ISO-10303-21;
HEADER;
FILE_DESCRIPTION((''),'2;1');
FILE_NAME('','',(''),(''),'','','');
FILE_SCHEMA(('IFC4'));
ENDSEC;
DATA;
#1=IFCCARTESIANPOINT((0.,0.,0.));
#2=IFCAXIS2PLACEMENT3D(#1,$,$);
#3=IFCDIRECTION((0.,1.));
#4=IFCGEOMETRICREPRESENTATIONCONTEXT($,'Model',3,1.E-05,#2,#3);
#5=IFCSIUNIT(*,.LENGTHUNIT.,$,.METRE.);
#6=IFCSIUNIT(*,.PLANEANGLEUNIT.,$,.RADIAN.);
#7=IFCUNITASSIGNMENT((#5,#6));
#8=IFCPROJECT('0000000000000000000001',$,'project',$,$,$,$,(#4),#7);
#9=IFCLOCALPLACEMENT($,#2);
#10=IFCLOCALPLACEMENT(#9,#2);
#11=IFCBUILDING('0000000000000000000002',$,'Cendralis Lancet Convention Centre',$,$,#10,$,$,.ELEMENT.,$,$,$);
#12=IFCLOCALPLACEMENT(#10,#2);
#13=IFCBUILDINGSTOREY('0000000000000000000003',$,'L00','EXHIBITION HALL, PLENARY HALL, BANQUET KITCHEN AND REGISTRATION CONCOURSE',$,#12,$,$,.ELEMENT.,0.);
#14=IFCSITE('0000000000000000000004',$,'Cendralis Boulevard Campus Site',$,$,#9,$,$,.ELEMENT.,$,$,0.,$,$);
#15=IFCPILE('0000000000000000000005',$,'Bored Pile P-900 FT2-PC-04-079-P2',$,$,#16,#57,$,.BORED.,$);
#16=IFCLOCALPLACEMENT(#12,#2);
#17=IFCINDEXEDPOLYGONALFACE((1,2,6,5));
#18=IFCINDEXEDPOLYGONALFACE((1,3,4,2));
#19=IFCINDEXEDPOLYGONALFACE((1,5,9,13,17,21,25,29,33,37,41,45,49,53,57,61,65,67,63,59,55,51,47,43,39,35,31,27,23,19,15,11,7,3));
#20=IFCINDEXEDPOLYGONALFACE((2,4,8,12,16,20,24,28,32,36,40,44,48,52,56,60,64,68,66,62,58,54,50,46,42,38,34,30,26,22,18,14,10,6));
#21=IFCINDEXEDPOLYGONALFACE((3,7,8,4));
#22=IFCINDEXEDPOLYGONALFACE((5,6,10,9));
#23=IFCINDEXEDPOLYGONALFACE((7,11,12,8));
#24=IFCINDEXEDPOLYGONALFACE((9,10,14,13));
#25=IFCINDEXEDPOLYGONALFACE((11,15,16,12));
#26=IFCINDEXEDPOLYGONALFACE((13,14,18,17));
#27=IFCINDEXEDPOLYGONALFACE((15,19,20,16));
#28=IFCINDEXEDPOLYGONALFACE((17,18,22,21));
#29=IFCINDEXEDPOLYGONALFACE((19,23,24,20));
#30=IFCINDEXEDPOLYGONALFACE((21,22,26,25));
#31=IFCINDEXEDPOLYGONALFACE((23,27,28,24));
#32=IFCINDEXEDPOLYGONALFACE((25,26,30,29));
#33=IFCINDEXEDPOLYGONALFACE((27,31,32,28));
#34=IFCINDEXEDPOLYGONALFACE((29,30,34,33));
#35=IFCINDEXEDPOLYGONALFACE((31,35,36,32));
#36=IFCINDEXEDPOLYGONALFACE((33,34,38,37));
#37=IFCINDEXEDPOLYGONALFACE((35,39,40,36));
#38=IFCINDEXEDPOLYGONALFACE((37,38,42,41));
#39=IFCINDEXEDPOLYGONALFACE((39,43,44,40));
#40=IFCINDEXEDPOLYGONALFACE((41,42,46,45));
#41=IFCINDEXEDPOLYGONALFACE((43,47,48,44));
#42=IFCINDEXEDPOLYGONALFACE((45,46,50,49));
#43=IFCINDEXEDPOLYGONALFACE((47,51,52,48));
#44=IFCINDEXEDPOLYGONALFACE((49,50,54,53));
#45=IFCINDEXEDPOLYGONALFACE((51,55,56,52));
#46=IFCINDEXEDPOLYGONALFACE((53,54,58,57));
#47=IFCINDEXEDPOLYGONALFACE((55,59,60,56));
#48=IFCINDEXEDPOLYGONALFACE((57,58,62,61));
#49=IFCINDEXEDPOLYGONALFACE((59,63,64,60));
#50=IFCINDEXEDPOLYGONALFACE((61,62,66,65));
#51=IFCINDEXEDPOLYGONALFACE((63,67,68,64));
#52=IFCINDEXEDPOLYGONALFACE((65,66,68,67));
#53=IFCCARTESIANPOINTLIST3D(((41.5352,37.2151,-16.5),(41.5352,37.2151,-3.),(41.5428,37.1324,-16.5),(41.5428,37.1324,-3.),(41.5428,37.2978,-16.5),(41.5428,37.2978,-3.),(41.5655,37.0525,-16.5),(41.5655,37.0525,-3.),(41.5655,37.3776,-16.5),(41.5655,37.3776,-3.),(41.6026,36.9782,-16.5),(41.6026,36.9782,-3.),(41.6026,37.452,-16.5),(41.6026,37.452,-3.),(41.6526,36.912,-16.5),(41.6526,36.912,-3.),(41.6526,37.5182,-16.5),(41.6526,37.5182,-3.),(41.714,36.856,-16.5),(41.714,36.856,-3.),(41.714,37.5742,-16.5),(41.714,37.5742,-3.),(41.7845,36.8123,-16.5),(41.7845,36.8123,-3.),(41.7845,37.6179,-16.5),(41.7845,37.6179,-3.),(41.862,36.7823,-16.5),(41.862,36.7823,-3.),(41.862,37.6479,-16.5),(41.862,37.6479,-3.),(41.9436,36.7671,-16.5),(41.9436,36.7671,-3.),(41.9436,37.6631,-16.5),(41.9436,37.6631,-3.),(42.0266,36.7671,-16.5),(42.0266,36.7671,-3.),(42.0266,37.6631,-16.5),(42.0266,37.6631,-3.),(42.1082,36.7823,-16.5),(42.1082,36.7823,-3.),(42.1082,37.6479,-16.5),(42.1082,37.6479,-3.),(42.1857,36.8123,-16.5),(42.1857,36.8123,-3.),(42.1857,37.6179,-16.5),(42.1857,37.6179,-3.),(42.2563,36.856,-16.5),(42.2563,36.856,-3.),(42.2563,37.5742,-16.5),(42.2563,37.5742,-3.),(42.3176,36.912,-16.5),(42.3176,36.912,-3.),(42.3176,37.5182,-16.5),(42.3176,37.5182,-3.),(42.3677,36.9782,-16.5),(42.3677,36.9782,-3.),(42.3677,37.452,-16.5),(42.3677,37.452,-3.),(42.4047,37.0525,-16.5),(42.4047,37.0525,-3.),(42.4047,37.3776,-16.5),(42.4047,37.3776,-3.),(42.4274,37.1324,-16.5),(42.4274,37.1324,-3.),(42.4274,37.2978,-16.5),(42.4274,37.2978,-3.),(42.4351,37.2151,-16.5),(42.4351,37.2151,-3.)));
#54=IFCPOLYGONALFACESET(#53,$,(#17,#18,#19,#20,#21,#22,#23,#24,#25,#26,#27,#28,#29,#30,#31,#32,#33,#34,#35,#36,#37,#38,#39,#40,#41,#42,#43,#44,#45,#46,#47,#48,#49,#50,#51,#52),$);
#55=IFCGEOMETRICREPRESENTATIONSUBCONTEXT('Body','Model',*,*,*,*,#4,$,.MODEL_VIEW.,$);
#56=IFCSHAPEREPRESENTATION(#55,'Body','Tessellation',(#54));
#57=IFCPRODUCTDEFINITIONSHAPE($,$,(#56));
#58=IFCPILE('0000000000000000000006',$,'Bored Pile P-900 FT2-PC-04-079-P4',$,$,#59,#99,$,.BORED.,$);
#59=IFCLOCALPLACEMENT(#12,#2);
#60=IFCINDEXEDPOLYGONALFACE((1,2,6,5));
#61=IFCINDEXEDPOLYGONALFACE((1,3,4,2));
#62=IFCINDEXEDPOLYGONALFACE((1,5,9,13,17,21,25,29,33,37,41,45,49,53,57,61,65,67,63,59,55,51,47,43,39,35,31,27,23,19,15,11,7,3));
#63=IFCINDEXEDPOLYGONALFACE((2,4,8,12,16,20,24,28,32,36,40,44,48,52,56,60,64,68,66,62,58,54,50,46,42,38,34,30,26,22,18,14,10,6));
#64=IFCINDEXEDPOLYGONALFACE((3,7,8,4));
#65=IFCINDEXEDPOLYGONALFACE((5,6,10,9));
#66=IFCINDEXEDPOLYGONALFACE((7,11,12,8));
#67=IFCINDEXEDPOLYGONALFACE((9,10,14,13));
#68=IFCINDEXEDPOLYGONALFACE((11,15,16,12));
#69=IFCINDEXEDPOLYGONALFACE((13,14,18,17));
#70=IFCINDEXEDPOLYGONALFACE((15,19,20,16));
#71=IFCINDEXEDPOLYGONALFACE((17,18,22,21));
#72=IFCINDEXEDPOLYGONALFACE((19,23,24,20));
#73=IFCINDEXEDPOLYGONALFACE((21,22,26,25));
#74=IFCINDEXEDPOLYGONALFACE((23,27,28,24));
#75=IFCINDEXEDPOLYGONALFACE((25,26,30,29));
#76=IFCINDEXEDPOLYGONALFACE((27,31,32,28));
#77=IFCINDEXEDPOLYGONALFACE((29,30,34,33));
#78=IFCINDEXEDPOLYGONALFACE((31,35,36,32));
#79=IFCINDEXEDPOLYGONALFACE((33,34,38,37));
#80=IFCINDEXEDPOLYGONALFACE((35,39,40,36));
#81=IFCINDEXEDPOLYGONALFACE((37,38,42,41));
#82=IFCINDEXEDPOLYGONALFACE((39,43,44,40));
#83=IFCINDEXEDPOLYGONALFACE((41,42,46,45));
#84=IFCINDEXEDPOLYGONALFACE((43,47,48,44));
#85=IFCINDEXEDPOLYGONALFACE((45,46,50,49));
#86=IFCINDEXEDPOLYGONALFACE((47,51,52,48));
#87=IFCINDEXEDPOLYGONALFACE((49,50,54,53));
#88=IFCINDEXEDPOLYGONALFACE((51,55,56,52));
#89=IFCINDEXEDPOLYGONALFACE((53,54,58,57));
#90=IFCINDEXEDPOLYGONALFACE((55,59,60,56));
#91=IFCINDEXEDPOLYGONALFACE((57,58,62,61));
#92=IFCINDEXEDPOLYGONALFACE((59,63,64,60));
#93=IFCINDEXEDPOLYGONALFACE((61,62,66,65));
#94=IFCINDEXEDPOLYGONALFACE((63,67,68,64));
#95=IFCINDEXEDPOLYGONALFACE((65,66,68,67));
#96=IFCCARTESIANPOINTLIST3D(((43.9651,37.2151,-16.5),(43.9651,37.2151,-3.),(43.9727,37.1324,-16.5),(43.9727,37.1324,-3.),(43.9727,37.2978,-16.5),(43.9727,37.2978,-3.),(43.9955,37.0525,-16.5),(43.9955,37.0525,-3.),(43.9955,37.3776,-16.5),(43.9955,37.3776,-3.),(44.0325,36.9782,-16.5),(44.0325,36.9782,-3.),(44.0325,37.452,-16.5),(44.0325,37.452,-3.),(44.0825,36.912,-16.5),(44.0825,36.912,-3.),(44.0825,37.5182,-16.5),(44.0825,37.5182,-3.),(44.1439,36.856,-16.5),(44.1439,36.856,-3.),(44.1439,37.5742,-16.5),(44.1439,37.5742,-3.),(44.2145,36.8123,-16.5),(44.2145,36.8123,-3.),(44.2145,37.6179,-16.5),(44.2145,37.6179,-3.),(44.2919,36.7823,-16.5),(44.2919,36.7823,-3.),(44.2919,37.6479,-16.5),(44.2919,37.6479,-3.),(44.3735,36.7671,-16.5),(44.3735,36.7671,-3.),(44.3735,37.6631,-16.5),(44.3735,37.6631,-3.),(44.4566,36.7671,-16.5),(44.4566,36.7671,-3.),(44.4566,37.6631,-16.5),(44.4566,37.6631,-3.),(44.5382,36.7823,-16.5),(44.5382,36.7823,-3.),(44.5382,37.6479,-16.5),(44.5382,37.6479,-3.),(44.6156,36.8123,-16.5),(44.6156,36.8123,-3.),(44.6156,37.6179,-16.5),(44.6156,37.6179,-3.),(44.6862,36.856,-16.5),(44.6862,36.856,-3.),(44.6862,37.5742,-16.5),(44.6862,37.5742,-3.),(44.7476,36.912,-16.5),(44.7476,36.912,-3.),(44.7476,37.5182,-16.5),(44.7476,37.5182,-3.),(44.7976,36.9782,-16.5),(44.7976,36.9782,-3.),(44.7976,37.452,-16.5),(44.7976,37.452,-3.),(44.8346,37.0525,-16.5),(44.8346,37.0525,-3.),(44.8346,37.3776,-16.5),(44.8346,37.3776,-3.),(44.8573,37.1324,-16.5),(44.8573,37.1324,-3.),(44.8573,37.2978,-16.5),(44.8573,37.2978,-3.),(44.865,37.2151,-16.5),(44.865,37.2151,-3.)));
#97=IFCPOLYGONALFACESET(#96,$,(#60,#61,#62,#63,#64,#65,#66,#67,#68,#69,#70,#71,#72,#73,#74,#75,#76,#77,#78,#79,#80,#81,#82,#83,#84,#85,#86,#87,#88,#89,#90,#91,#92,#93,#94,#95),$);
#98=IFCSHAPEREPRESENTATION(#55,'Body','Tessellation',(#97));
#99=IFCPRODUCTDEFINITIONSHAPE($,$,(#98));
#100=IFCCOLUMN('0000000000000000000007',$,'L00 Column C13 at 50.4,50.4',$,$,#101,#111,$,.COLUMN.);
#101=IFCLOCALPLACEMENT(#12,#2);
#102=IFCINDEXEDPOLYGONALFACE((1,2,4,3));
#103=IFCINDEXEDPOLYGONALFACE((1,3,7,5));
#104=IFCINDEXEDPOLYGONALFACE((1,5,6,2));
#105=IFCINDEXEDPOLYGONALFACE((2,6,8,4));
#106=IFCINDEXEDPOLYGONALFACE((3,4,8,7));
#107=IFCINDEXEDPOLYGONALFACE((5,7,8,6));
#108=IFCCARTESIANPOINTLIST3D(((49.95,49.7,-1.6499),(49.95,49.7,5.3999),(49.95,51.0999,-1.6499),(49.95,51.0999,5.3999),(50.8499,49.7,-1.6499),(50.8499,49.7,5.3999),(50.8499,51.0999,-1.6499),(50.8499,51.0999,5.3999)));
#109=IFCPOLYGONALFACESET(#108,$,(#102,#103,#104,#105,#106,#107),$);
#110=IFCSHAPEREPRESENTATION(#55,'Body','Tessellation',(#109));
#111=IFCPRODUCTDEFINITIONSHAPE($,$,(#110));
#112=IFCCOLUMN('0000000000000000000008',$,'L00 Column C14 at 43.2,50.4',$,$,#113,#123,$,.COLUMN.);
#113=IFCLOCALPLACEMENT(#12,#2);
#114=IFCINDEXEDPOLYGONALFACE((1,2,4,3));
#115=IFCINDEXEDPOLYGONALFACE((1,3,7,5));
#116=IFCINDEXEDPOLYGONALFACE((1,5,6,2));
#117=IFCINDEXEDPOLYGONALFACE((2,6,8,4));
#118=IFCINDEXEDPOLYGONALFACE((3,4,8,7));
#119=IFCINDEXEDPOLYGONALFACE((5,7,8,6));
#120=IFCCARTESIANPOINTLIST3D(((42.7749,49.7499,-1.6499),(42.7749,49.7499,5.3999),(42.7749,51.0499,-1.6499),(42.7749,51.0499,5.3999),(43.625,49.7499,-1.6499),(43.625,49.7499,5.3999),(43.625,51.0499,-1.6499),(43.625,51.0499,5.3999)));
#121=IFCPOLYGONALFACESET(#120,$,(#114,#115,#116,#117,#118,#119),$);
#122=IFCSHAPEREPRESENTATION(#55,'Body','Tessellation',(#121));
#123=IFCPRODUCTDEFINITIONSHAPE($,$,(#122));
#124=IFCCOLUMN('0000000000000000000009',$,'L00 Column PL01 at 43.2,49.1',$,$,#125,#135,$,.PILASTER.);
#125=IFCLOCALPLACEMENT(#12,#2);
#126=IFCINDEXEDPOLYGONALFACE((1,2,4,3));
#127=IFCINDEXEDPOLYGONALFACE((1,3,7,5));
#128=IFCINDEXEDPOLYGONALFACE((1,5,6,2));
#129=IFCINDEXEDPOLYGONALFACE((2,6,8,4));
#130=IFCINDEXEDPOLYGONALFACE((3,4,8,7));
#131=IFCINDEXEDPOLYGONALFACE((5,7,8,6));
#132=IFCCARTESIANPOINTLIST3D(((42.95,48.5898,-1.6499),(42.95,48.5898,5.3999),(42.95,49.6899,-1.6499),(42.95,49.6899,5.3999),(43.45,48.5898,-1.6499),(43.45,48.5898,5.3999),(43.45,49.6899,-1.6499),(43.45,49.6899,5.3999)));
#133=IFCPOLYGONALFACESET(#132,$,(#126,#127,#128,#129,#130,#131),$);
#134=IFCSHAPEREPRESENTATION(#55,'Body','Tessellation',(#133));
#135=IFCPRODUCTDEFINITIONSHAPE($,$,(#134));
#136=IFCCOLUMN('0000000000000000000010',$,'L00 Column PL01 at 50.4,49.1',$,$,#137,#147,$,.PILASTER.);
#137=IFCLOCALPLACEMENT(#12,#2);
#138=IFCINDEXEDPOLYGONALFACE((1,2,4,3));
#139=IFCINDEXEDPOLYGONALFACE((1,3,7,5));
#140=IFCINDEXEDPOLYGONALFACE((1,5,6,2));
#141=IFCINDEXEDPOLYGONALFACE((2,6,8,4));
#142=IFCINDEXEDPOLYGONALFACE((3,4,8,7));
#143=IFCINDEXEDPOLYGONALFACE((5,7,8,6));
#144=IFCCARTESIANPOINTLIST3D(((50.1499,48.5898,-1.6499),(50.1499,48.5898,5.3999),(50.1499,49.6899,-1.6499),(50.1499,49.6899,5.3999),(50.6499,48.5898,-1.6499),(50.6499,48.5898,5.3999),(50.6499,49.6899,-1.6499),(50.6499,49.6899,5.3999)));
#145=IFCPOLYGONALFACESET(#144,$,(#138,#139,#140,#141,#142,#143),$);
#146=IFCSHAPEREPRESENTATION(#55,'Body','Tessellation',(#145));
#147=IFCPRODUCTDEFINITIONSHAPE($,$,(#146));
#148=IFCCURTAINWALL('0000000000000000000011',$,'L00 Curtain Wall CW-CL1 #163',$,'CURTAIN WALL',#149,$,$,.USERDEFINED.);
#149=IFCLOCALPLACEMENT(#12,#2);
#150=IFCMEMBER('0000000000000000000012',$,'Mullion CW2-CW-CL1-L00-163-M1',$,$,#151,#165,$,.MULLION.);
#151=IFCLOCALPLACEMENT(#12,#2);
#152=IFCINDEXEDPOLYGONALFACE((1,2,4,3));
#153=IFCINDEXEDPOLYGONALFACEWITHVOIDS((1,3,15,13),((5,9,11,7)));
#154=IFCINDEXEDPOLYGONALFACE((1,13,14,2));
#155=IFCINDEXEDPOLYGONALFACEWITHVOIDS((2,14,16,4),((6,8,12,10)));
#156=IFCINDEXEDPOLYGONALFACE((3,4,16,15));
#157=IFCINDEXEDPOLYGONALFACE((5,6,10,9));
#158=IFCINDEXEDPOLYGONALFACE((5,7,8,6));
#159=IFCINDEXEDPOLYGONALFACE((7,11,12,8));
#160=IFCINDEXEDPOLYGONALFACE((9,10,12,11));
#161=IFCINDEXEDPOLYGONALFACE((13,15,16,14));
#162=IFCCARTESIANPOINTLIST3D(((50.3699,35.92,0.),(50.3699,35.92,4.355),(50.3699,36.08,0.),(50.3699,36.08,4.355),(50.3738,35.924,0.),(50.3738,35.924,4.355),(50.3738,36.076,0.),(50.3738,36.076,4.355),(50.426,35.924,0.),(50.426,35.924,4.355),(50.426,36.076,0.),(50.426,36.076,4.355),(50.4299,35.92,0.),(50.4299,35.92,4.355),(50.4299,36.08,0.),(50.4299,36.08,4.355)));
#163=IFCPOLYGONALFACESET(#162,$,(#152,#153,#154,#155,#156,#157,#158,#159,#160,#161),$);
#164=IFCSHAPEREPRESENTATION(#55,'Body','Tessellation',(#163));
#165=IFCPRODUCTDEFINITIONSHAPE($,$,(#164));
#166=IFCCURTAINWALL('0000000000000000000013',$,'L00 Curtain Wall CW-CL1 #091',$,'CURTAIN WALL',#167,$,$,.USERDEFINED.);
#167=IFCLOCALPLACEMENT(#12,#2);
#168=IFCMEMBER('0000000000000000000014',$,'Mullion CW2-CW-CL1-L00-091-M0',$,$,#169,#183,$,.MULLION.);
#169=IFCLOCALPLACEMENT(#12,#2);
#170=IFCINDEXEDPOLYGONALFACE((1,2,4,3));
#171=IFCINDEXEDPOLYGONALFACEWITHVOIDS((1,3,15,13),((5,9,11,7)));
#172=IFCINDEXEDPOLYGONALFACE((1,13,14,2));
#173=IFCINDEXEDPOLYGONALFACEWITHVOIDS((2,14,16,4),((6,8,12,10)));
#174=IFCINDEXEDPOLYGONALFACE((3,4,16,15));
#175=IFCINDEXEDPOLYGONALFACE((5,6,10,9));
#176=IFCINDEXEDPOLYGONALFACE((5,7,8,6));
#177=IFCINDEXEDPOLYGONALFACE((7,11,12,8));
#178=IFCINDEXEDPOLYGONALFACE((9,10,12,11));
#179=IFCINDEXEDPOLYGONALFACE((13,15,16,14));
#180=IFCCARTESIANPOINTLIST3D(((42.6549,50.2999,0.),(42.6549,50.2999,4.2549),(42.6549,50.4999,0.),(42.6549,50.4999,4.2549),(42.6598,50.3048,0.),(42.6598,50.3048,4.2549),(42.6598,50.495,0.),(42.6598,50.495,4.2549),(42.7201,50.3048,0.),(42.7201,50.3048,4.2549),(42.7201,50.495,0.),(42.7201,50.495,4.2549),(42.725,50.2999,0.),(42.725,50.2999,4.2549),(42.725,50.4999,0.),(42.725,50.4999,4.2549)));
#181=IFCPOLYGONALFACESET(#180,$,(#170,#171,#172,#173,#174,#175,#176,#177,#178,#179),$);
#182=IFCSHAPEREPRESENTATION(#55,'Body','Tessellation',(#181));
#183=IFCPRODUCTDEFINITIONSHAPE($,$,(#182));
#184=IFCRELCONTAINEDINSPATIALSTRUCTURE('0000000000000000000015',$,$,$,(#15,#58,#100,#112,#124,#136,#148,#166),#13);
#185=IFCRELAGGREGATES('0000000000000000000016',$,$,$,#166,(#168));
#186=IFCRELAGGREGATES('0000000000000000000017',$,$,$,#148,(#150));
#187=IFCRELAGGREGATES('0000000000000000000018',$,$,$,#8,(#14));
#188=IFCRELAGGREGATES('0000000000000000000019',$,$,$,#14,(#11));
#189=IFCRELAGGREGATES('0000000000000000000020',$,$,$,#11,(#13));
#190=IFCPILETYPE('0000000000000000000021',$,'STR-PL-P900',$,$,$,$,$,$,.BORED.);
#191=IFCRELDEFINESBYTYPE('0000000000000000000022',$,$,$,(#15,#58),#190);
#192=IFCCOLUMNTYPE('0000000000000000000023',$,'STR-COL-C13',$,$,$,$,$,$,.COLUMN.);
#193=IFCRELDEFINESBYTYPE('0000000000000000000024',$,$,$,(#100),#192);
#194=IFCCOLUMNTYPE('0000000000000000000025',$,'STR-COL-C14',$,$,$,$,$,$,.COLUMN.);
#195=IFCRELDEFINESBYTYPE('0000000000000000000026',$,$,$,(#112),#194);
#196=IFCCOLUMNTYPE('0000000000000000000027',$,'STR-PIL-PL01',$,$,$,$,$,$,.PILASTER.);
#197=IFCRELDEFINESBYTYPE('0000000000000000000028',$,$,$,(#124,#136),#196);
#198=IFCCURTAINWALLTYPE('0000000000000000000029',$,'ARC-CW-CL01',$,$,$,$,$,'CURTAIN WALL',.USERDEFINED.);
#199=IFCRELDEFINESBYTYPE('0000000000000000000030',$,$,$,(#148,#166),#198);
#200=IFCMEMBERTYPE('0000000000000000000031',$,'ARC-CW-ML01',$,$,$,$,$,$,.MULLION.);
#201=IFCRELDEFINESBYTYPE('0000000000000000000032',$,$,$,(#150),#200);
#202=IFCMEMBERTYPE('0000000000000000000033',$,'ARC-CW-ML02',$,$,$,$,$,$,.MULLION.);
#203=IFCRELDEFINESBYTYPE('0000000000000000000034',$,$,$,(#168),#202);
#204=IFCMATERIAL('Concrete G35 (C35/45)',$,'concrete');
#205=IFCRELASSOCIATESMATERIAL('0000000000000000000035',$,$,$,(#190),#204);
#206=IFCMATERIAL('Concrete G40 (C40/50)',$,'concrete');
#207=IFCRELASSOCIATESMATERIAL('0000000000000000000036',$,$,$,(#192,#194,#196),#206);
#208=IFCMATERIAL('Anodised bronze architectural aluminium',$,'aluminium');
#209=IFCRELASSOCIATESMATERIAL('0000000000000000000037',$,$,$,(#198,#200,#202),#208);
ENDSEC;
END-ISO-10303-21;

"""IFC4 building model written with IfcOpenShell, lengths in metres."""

from ifc_helpers import new_model, si_unit, direction, frame, origin, origin_2d, place, context, subcontext, project, spatial, rectangle, hollow_rectangle, circle, extrude, material, material_profile, profile_set, type_object, element, aggregate, save


model = new_model("IFC4")

# Units and contexts
model_context = context("Model", 3, precision=1e-05, world=origin(), true_north=direction((0.0, 1.0)))
body_context = subcontext(model_context, "Body", "Model", "MODEL_VIEW")
ifc_project = project(units=[si_unit("LENGTHUNIT", "METRE"), si_unit("PLANEANGLEUNIT", "RADIAN")], contexts=[model_context])

# Site, building, storey
site_placement = place(None, origin())
site = spatial("IfcSite", under=ifc_project, at=site_placement, Name="Cendralis Boulevard Campus Site", CompositionType="ELEMENT", RefElevation=0.0)
building_placement = place(site_placement, origin())
building = spatial("IfcBuilding", under=site, at=building_placement, Name="Cendralis Lancet Convention Centre", CompositionType="ELEMENT")
storey_placement = place(building_placement, origin())
storey = spatial("IfcBuildingStorey", under=building, at=storey_placement, Name="L00", Description="EXHIBITION HALL, PLENARY HALL, BANQUET KITCHEN AND REGISTRATION CONCOURSE", CompositionType="ELEMENT", Elevation=0.0)

# Shared definitions
ifc_material_1 = material(Name="Concrete G35 (C35/45)", Category="concrete")

# Piles
ifc_material_profile_1 = material_profile(ifc_material_1, circle(Radius=0.45, at=origin_2d()), Name="BORED PILE D900")
ifc_profile_set_1 = profile_set([ifc_material_profile_1], Name="Concrete G35 (C35/45)")
pile_type_1 = type_object("IfcPileType", Name="STR-PL-P900", PredefinedType="BORED", material=ifc_profile_set_1)
for number, where, z_axis, x_axis, name in (
    (1, (41.9851, 37.2151, -3.0), (0.0, 0.0, -1.0), (1.0, 0.0, 0.0), "Bored Pile P-900 FT2-PC-04-079-P2"),
    (2, (44.415, 37.2151, -3.0), (0.0, 0.0, -1.0), (1.0, 0.0, 0.0), "Bored Pile P-900 FT2-PC-04-079-P4"),
):
    element("IfcPile", number, at=place(storey_placement, frame(where, z_axis=z_axis, x_axis=x_axis)), inside=storey, type_object=pile_type_1, Name=name, PredefinedType="BORED", context=body_context, shape_type="SweptSolid", body=[
        extrude(circle(Radius=0.45, at=origin_2d()), origin(), (0.0, 0.0, 1.0), 13.5),
    ])

# Columns
ifc_material_2 = material(Name="Concrete G40 (C40/50)", Category="concrete")
ifc_material_profile_2 = material_profile(ifc_material_2, rectangle(XDim=0.8999, YDim=1.3999, at=origin_2d()), Name="RC 900x1400")
ifc_profile_set_2 = profile_set([ifc_material_profile_2], Name="Concrete G40 (C40/50)")
column_type_1 = type_object("IfcColumnType", Name="STR-COL-C13", PredefinedType="COLUMN", material=ifc_profile_set_2)
column_1_placement = place(storey_placement, frame((50.3999, 50.3999, -1.6499), z_axis=(0.0, 0.0, 1.0), x_axis=(1.0, 0.0, 0.0)))
element("IfcColumn", 3, at=column_1_placement, inside=storey, type_object=column_type_1, Name="L00 Column C13 at 50.4,50.4", PredefinedType="COLUMN", context=body_context, shape_type="SweptSolid", body=[
    extrude(rectangle(XDim=0.8999, YDim=1.3999, at=origin_2d()), origin(), (0.0, 0.0, 1.0), 7.0498),
])
ifc_material_profile_3 = material_profile(ifc_material_2, rectangle(XDim=0.8501, YDim=1.3, at=origin_2d()), Name="RC 850x1300")
ifc_profile_set_3 = profile_set([ifc_material_profile_3], Name="Concrete G40 (C40/50)")
column_type_2 = type_object("IfcColumnType", Name="STR-COL-C14", PredefinedType="COLUMN", material=ifc_profile_set_3)
column_2_placement = place(storey_placement, frame((43.2, 50.3999, -1.6499), z_axis=(0.0, 0.0, 1.0), x_axis=(1.0, 0.0, 0.0)))
element("IfcColumn", 4, at=column_2_placement, inside=storey, type_object=column_type_2, Name="L00 Column C14 at 43.2,50.4", PredefinedType="COLUMN", context=body_context, shape_type="SweptSolid", body=[
    extrude(rectangle(XDim=0.8501, YDim=1.3, at=origin_2d()), origin(), (0.0, 0.0, 1.0), 7.0498),
])
ifc_material_profile_4 = material_profile(ifc_material_2, rectangle(XDim=0.5, YDim=1.1001, at=origin_2d()), Name="RC 500x1100")
ifc_profile_set_4 = profile_set([ifc_material_profile_4], Name="Concrete G40 (C40/50)")
column_type_3 = type_object("IfcColumnType", Name="STR-PIL-PL01", PredefinedType="PILASTER", material=ifc_profile_set_4)
for number, where, z_axis, x_axis, name in (
    (5, (43.2, 49.1399, -1.6499), (0.0, 0.0, 1.0), (1.0, 0.0, 0.0), "L00 Column PL01 at 43.2,49.1"),
    (6, (50.3999, 49.1399, -1.6499), (0.0, 0.0, 1.0), (1.0, 0.0, 0.0), "L00 Column PL01 at 50.4,49.1"),
):
    element("IfcColumn", number, at=place(storey_placement, frame(where, z_axis=z_axis, x_axis=x_axis)), inside=storey, type_object=column_type_3, Name=name, PredefinedType="PILASTER", context=body_context, shape_type="SweptSolid", body=[
        extrude(rectangle(XDim=0.5, YDim=1.1001, at=origin_2d()), origin(), (0.0, 0.0, 1.0), 7.0498),
    ])

# Curtain wall, member
ifc_material_3 = material(Name="Anodised bronze architectural aluminium", Category="aluminium")
curtain_wall_type = type_object("IfcCurtainWallType", Name="ARC-CW-CL01", ElementType="CURTAIN WALL", PredefinedType="USERDEFINED", material=ifc_material_3)
curtain_wall_1_placement = place(storey_placement, origin())
curtain_wall_1 = element("IfcCurtainWall", 7, at=curtain_wall_1_placement, inside=storey, type_object=curtain_wall_type, Name="L00 Curtain Wall CW-CL1 #163", ObjectType="CURTAIN WALL", PredefinedType="USERDEFINED")
ifc_material_profile_5 = material_profile(ifc_material_3, hollow_rectangle(XDim=0.0601, YDim=0.1599, WallThickness=0.0039, at=origin_2d()), Name="AL-MULL 60x160x4.0")
ifc_profile_set_5 = profile_set([ifc_material_profile_5], Name="Anodised bronze architectural aluminium")
member_type_1 = type_object("IfcMemberType", Name="ARC-CW-ML01", PredefinedType="MULLION", material=ifc_profile_set_5)
member_1_placement = place(storey_placement, frame((50.3999, 36.0, 0.0), z_axis=(0.0, 0.0, 1.0), x_axis=(1.0, 0.0, 0.0)))
member_1 = element("IfcMember", 8, at=member_1_placement, type_object=member_type_1, Name="Mullion CW2-CW-CL1-L00-163-M1", PredefinedType="MULLION", context=body_context, shape_type="SweptSolid", body=[
    extrude(hollow_rectangle(XDim=0.0601, YDim=0.1599, WallThickness=0.0039, at=origin_2d()), origin(), (0.0, 0.0, 1.0), 4.355),
])

# Curtain wall, member
curtain_wall_2_placement = place(storey_placement, origin())
curtain_wall_2 = element("IfcCurtainWall", 9, at=curtain_wall_2_placement, inside=storey, type_object=curtain_wall_type, Name="L00 Curtain Wall CW-CL1 #091", ObjectType="CURTAIN WALL", PredefinedType="USERDEFINED")
ifc_material_profile_6 = material_profile(ifc_material_3, hollow_rectangle(XDim=0.0701, YDim=0.2, WallThickness=0.0049, at=origin_2d()), Name="AL-MULL 70x200x5.0")
ifc_profile_set_6 = profile_set([ifc_material_profile_6], Name="Anodised bronze architectural aluminium")
member_type_2 = type_object("IfcMemberType", Name="ARC-CW-ML02", PredefinedType="MULLION", material=ifc_profile_set_6)
member_2_placement = place(storey_placement, frame((42.6899, 50.3999, 0.0), z_axis=(0.0, 0.0, 1.0), x_axis=(1.0, 0.0, 0.0)))
member_2 = element("IfcMember", 10, at=member_2_placement, type_object=member_type_2, Name="Mullion CW2-CW-CL1-L00-091-M0", PredefinedType="MULLION", context=body_context, shape_type="SweptSolid", body=[
    extrude(hollow_rectangle(XDim=0.0701, YDim=0.2, WallThickness=0.0049, at=origin_2d()), origin(), (0.0, 0.0, 1.0), 4.2549),
])

aggregate(curtain_wall_2, [member_2])
aggregate(curtain_wall_1, [member_1])

save(model, "model.ifc")
